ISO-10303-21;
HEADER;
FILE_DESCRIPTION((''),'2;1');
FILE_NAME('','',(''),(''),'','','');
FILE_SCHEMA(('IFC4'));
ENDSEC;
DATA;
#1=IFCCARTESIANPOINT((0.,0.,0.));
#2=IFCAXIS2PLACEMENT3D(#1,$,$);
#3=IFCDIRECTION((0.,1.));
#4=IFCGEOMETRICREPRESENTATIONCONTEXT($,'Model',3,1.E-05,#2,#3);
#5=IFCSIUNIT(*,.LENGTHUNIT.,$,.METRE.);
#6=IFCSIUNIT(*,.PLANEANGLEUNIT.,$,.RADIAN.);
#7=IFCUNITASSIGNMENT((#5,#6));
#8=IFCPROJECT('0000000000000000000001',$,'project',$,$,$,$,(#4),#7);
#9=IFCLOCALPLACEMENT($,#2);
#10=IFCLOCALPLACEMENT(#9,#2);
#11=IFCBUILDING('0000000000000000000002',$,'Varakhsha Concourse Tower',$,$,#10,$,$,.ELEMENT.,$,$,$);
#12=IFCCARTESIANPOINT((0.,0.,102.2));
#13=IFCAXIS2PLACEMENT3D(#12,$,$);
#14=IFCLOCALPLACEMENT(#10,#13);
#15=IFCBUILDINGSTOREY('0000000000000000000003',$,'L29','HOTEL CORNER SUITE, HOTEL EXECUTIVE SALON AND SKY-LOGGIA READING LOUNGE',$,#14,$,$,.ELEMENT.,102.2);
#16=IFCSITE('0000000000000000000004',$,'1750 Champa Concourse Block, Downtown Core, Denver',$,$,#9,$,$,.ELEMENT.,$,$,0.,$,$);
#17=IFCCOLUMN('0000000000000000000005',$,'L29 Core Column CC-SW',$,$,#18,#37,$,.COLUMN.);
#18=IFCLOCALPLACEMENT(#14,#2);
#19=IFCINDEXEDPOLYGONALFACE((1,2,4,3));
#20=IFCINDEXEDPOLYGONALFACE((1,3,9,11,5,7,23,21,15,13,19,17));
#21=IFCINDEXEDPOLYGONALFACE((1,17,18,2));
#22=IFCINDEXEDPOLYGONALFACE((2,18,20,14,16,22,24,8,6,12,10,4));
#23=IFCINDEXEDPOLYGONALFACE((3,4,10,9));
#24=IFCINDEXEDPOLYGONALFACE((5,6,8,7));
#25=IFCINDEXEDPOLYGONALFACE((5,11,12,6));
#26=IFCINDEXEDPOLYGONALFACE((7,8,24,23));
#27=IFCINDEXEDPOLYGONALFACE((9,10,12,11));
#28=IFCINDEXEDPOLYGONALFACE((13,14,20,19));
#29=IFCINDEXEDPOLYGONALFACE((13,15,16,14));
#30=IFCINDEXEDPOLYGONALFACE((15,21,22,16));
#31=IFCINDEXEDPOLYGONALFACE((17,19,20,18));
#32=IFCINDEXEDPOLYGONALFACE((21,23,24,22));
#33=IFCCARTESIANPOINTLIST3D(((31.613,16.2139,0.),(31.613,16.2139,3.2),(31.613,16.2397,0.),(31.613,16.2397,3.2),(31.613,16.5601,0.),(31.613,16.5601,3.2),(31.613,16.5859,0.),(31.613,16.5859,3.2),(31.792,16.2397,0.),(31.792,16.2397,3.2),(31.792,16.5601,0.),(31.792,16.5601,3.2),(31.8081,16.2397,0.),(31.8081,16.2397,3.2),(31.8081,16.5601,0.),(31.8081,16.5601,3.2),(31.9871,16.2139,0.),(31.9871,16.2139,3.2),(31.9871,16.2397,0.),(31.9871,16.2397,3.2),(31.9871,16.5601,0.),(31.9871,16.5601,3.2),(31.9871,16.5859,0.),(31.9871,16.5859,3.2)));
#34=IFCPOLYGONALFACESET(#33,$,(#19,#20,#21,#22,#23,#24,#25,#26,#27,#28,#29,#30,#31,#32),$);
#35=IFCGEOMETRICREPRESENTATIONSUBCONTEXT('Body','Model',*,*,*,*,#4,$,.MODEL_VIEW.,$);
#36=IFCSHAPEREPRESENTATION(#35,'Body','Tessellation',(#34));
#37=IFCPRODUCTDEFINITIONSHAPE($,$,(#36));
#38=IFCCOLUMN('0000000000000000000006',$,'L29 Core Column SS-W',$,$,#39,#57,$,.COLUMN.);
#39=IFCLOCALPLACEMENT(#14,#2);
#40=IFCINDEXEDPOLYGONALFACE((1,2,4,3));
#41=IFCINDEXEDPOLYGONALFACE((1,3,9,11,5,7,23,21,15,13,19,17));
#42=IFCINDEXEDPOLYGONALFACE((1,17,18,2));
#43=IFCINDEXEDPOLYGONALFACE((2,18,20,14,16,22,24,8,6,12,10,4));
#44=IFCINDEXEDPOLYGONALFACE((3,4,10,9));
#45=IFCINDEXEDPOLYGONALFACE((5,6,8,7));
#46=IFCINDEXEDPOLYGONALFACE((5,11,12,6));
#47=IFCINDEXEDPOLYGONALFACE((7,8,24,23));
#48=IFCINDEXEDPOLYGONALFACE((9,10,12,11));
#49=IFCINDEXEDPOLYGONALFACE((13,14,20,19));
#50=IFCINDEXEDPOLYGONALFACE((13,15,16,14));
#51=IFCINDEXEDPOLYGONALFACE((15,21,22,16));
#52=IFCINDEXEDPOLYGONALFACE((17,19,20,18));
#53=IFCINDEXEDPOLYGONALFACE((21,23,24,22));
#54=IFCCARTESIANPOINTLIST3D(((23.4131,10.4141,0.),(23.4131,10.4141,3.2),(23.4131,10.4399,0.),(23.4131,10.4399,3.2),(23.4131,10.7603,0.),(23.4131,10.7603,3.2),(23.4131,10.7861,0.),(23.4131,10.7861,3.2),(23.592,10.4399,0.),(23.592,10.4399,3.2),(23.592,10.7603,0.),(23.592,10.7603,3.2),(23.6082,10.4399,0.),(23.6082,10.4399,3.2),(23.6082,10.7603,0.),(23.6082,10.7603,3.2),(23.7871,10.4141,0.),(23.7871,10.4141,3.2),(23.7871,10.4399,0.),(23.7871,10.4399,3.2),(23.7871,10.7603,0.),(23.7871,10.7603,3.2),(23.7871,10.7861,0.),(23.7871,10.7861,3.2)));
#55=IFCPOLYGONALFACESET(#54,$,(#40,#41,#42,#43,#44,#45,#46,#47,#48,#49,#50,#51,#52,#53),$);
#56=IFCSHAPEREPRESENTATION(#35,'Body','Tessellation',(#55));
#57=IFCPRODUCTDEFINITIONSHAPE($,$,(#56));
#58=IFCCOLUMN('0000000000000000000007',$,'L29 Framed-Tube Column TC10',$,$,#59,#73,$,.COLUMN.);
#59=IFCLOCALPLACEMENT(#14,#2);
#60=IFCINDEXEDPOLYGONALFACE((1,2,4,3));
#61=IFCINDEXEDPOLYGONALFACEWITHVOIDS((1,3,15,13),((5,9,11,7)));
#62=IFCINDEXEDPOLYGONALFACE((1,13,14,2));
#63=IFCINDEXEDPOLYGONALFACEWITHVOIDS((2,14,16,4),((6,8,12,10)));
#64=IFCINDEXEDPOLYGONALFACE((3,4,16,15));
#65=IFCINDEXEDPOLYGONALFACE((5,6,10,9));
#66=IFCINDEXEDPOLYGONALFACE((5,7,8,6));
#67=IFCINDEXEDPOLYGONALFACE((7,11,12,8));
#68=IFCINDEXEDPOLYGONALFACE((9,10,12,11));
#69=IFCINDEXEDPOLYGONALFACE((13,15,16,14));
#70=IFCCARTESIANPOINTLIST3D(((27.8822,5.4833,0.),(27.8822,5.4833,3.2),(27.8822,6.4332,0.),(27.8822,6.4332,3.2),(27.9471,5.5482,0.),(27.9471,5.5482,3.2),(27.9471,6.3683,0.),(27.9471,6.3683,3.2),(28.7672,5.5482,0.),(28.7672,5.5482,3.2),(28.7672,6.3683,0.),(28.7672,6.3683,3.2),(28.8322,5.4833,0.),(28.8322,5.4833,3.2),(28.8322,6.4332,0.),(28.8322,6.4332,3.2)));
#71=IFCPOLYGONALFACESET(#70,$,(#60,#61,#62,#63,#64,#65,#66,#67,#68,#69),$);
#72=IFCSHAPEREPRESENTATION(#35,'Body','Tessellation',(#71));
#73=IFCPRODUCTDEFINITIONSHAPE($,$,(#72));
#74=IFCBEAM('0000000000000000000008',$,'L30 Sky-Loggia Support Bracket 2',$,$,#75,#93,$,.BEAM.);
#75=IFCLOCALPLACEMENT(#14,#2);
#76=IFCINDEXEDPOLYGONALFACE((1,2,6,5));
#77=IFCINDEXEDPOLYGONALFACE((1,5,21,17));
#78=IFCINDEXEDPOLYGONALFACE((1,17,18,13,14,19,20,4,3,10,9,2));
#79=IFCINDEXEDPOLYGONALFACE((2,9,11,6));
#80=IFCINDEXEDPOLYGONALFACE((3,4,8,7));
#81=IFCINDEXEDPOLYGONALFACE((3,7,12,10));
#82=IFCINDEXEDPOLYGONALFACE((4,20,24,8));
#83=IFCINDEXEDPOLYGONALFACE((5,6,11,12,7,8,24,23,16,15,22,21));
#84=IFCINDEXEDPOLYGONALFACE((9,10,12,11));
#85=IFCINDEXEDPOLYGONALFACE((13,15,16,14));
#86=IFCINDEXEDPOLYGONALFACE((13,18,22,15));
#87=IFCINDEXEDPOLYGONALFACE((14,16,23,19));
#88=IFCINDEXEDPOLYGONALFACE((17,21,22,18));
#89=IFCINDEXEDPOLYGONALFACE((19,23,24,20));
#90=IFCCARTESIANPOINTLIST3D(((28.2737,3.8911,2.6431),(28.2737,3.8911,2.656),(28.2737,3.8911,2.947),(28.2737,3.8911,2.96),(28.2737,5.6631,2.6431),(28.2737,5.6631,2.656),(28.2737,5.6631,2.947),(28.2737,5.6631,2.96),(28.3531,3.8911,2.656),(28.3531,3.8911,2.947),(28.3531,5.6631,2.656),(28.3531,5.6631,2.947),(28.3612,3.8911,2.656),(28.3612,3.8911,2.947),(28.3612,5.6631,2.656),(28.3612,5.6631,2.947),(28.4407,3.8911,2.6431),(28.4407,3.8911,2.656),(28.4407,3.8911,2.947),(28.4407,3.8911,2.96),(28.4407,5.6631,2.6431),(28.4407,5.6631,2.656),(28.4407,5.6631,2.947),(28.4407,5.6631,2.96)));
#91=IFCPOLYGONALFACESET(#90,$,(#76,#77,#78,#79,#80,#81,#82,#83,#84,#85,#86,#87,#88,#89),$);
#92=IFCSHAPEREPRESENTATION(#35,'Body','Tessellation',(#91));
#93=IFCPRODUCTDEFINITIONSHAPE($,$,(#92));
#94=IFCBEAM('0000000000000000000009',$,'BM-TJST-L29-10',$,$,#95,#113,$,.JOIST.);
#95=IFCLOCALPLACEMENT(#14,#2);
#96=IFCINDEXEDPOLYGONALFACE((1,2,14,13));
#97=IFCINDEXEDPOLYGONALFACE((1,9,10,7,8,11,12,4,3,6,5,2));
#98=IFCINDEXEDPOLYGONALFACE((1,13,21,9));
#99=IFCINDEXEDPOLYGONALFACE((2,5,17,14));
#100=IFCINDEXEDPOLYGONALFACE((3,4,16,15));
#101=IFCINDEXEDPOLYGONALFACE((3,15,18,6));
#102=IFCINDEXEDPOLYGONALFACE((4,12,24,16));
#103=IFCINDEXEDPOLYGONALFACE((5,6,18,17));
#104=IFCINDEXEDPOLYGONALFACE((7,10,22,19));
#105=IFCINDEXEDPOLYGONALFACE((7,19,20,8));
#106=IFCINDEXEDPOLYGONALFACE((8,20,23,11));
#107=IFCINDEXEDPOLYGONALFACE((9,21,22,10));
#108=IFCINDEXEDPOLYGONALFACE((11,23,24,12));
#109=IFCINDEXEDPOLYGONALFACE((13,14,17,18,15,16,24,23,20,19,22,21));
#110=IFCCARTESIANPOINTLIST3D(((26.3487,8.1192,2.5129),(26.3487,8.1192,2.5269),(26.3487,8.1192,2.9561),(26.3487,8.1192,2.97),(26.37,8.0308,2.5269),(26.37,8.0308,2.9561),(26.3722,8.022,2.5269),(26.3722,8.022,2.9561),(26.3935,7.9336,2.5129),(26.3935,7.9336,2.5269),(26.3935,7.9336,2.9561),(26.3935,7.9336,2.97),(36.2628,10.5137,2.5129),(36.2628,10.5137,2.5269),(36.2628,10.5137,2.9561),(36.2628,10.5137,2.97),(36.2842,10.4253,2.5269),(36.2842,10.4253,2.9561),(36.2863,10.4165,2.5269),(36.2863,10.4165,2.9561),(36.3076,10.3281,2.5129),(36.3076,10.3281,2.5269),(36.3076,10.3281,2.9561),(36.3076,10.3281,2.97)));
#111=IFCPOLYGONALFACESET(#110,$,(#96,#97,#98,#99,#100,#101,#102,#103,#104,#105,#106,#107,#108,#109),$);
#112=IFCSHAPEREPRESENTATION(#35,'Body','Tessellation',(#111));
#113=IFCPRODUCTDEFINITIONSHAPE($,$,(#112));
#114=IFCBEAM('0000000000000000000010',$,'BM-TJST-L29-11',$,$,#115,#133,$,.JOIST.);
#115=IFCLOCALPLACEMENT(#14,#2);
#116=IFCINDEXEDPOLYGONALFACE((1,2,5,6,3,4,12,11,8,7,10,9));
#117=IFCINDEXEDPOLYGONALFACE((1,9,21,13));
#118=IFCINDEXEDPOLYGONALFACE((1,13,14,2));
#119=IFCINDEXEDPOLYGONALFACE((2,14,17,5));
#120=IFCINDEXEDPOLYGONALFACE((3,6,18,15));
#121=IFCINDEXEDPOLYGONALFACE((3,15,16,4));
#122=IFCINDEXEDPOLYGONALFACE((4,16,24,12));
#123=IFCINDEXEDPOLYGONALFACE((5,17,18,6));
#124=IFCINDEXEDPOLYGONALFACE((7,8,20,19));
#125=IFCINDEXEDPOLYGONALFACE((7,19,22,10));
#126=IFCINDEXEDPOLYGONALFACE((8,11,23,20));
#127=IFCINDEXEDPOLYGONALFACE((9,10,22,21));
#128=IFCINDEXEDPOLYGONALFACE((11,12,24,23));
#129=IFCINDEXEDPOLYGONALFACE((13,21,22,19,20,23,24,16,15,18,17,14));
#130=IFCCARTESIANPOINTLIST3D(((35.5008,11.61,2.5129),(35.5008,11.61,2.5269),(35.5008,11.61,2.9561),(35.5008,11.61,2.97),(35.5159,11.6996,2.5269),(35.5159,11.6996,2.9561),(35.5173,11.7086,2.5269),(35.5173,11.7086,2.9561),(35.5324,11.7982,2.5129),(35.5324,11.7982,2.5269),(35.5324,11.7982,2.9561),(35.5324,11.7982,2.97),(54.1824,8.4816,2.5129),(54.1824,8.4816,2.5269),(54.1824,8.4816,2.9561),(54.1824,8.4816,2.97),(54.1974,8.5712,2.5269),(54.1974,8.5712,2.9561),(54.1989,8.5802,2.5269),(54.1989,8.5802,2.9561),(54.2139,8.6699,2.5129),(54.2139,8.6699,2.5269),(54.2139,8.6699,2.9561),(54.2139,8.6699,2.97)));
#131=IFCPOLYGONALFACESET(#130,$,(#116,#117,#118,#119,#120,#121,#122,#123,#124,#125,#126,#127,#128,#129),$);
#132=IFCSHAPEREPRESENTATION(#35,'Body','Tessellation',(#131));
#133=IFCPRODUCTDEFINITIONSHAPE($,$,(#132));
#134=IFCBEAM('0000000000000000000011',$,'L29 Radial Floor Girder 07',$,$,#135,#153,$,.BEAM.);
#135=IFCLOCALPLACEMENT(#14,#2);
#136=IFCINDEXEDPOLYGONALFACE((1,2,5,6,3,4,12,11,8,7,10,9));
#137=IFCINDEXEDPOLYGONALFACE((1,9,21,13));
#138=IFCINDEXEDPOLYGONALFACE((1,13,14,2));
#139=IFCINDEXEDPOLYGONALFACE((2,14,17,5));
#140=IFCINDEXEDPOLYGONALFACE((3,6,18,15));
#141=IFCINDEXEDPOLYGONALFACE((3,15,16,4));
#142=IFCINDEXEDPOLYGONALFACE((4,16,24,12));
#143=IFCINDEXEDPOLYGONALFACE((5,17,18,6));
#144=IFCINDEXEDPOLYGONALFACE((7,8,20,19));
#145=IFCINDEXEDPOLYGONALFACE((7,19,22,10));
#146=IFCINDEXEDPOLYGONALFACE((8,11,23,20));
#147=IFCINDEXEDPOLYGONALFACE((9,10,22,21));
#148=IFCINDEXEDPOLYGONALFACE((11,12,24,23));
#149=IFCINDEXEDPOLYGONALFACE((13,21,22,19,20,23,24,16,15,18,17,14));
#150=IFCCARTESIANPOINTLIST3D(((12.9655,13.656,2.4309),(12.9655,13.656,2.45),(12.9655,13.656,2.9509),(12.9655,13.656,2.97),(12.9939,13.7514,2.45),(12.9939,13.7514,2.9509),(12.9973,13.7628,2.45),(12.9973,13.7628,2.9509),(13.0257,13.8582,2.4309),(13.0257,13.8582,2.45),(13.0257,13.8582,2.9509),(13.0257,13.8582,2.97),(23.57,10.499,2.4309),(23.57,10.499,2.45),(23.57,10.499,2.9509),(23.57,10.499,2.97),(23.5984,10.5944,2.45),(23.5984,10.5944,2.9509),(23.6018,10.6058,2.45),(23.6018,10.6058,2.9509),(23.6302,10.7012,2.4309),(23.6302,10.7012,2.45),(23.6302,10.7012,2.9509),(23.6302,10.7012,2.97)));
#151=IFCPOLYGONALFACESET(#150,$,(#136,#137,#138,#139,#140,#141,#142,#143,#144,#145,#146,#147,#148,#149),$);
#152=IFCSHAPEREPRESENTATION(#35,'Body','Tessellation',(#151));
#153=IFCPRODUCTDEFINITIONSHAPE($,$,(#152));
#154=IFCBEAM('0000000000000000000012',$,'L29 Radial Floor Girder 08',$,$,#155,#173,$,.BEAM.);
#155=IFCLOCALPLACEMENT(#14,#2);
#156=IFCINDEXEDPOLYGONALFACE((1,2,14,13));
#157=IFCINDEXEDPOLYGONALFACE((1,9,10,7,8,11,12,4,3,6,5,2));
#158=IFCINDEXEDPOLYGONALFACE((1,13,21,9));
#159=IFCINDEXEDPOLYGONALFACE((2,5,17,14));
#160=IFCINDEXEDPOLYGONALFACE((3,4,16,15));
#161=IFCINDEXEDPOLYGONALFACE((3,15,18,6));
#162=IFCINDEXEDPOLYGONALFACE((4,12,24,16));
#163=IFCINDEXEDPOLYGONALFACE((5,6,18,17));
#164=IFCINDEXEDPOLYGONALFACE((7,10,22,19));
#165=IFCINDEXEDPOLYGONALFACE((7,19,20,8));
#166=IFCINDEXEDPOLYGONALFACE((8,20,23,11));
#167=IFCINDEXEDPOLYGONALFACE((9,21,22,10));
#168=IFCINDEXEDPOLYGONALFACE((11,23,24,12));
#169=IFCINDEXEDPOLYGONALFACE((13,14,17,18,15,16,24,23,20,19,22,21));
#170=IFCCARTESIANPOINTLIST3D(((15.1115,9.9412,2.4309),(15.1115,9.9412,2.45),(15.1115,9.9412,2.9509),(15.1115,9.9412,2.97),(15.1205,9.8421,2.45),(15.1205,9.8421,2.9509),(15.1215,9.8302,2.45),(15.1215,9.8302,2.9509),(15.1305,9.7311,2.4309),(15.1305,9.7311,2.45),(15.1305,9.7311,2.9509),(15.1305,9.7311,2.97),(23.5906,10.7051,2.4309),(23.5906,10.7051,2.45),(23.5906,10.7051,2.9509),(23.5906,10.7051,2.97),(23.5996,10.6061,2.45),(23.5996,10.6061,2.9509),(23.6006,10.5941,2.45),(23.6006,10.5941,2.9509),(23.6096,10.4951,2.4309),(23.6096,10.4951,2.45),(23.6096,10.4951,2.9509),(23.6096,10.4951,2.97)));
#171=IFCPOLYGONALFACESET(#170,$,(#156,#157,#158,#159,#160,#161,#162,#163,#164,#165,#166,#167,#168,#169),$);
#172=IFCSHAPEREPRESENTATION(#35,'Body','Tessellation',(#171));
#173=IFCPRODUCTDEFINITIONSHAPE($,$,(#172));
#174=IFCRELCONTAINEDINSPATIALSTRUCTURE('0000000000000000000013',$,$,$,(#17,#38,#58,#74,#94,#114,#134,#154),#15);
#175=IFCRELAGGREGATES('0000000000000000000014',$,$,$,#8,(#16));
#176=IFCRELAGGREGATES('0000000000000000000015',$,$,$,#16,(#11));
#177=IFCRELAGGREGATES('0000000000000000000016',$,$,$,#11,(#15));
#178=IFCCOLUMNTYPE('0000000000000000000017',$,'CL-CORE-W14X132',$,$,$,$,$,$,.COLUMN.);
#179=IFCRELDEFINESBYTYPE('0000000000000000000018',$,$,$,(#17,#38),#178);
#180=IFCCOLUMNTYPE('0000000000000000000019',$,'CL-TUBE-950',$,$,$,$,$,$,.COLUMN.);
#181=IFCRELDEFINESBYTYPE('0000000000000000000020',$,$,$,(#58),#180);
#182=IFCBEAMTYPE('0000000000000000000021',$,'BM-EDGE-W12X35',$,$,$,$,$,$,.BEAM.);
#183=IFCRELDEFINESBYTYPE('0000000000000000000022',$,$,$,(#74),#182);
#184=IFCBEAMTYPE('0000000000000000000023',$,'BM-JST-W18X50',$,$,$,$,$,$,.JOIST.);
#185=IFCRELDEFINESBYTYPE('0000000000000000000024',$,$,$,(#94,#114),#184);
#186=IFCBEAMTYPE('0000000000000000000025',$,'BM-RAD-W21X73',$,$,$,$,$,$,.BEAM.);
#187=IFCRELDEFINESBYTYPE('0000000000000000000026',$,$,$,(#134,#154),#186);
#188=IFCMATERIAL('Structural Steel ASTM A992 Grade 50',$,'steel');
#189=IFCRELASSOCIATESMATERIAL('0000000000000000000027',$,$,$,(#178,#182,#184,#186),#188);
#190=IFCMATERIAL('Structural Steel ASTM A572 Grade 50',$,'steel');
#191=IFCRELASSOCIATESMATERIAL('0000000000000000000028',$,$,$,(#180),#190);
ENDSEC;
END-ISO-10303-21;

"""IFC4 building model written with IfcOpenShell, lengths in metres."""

from ifc_helpers import new_model, si_unit, direction, frame, origin, origin_2d, place, context, subcontext, project, spatial, hollow_rectangle, i_section, extrude, material, material_profile, profile_set, type_object, element, save


model = new_model("IFC4")

# Units and contexts
model_context = context("Model", 3, precision=1e-05, world=origin(), true_north=direction((0.0, 1.0)))
body_context = subcontext(model_context, "Body", "Model", "MODEL_VIEW")
ifc_project = project(units=[si_unit("LENGTHUNIT", "METRE"), si_unit("PLANEANGLEUNIT", "RADIAN")], contexts=[model_context])

# Site, building, storey
site_placement = place(None, origin())
site = spatial("IfcSite", under=ifc_project, at=site_placement, Name="1750 Champa Concourse Block, Downtown Core, Denver", CompositionType="ELEMENT", RefElevation=0.0)
building_placement = place(site_placement, origin())
building = spatial("IfcBuilding", under=site, at=building_placement, Name="Varakhsha Concourse Tower", CompositionType="ELEMENT")
storey_placement = place(building_placement, frame((0.0, 0.0, 102.2)))
storey = spatial("IfcBuildingStorey", under=building, at=storey_placement, Name="L29", Description="HOTEL CORNER SUITE, HOTEL EXECUTIVE SALON AND SKY-LOGGIA READING LOUNGE", CompositionType="ELEMENT", Elevation=102.2)

# Columns
ifc_material_1 = material(Name="Structural Steel ASTM A992 Grade 50", Category="steel")
ifc_material_profile_1 = material_profile(ifc_material_1, i_section(OverallWidth=0.374, OverallDepth=0.3721, WebThickness=0.0161, FlangeThickness=0.0259, at=origin_2d()), Name="W14X132")
ifc_profile_set_1 = profile_set([ifc_material_profile_1], Name="Structural Steel ASTM A992 Grade 50")
column_type_1 = type_object("IfcColumnType", Name="CL-CORE-W14X132", PredefinedType="COLUMN", material=ifc_profile_set_1)
for number, where, z_axis, x_axis, name in (
    (1, (31.8, 16.3999, 0.0), (0.0, 0.0, 1.0), (1.0, 0.0, 0.0), "L29 Core Column CC-SW"),
    (2, (23.6001, 10.6001, 0.0), (0.0, 0.0, 1.0), (1.0, 0.0, 0.0), "L29 Core Column SS-W"),
):
    element("IfcColumn", number, at=place(storey_placement, frame(where, z_axis=z_axis, x_axis=x_axis)), inside=storey, type_object=column_type_1, Name=name, PredefinedType="COLUMN", context=body_context, shape_type="SweptSolid", body=[
        extrude(i_section(OverallWidth=0.374, OverallDepth=0.3721, WebThickness=0.0161, FlangeThickness=0.0259, at=origin_2d()), origin(), (0.0, 0.0, 1.0), 3.2),
    ])
ifc_material_2 = material(Name="Structural Steel ASTM A572 Grade 50", Category="steel")
ifc_material_profile_2 = material_profile(ifc_material_2, hollow_rectangle(XDim=0.95, YDim=0.95, WallThickness=0.0649, at=origin_2d()), Name="BOX 950x950x65")
ifc_profile_set_2 = profile_set([ifc_material_profile_2], Name="Structural Steel ASTM A572 Grade 50")
column_type_2 = type_object("IfcColumnType", Name="CL-TUBE-950", PredefinedType="COLUMN", material=ifc_profile_set_2)
column_placement = place(storey_placement, frame((28.3572, 5.9583, 0.0), z_axis=(0.0, 0.0, 1.0), x_axis=(1.0, 0.0, 0.0)))
element("IfcColumn", 3, at=column_placement, inside=storey, type_object=column_type_2, Name="L29 Framed-Tube Column TC10", PredefinedType="COLUMN", context=body_context, shape_type="SweptSolid", body=[
    extrude(hollow_rectangle(XDim=0.95, YDim=0.95, WallThickness=0.0649, at=origin_2d()), origin(), (0.0, 0.0, 1.0), 3.2),
])

# Beams
ifc_material_profile_3 = material_profile(ifc_material_1, i_section(OverallWidth=0.167, OverallDepth=0.3169, WebThickness=0.0081, FlangeThickness=0.0129, at=origin_2d()), Name="W12X35")
ifc_profile_set_3 = profile_set([ifc_material_profile_3], Name="Structural Steel ASTM A992 Grade 50")
beam_type_1 = type_object("IfcBeamType", Name="BM-EDGE-W12X35", PredefinedType="BEAM", material=ifc_profile_set_3)
beam_1_placement = place(storey_placement, frame((28.3572, 5.6631, 2.8015), z_axis=(0.0, -1.0, 0.0), x_axis=(1.0, 0.0, 0.0)))
element("IfcBeam", 4, at=beam_1_placement, inside=storey, type_object=beam_type_1, Name="L30 Sky-Loggia Support Bracket 2", PredefinedType="BEAM", context=body_context, shape_type="SweptSolid", body=[
    extrude(i_section(OverallWidth=0.167, OverallDepth=0.3169, WebThickness=0.0081, FlangeThickness=0.0129, at=origin_2d()), origin(), (0.0, 0.0, 1.0), 1.772),
])
ifc_material_profile_4 = material_profile(ifc_material_1, i_section(OverallWidth=0.1909, OverallDepth=0.457, WebThickness=0.009, FlangeThickness=0.0139, at=origin_2d()), Name="W18X50")
ifc_profile_set_4 = profile_set([ifc_material_profile_4], Name="Structural Steel ASTM A992 Grade 50")
beam_type_2 = type_object("IfcBeamType", Name="BM-JST-W18X50", PredefinedType="JOIST", material=ifc_profile_set_4)
beam_2_placement = place(storey_placement, frame((26.3711, 8.0264, 2.7415), z_axis=(0.972049, 0.234778, 0.0), x_axis=(-0.234778, 0.972049, 0.0)))
element("IfcBeam", 5, at=beam_2_placement, inside=storey, type_object=beam_type_2, Name="BM-TJST-L29-10", PredefinedType="JOIST", context=body_context, shape_type="SweptSolid", body=[
    extrude(i_section(OverallWidth=0.1909, OverallDepth=0.457, WebThickness=0.009, FlangeThickness=0.0139, at=origin_2d()), origin(), (0.0, 0.0, 1.0), 10.1992),
])
beam_3_placement = place(storey_placement, frame((35.5166, 11.7041, 2.7415), z_axis=(0.986267, -0.16516, 0.0), x_axis=(0.16516, 0.986267, 0.0)))
element("IfcBeam", 6, at=beam_3_placement, inside=storey, type_object=beam_type_2, Name="BM-TJST-L29-11", PredefinedType="JOIST", context=body_context, shape_type="SweptSolid", body=[
    extrude(i_section(OverallWidth=0.1909, OverallDepth=0.457, WebThickness=0.009, FlangeThickness=0.0139, at=origin_2d()), origin(), (0.0, 0.0, 1.0), 18.9417),
])
ifc_material_profile_5 = material_profile(ifc_material_1, i_section(OverallWidth=0.2109, OverallDepth=0.5391, WebThickness=0.012, FlangeThickness=0.019, at=origin_2d()), Name="W21X73")
ifc_profile_set_5 = profile_set([ifc_material_profile_5], Name="Structural Steel ASTM A992 Grade 50")
beam_type_3 = type_object("IfcBeamType", Name="BM-RAD-W21X73", PredefinedType="BEAM", material=ifc_profile_set_5)
beam_4_placement = place(storey_placement, frame((23.6001, 10.6001, 2.7004), z_axis=(-0.95843, 0.285327, 0.0), x_axis=(-0.285327, -0.95843, 0.0)))
element("IfcBeam", 7, at=beam_4_placement, inside=storey, type_object=beam_type_3, Name="L29 Radial Floor Girder 07", PredefinedType="BEAM", context=body_context, shape_type="SweptSolid", body=[
    extrude(i_section(OverallWidth=0.2109, OverallDepth=0.5391, WebThickness=0.012, FlangeThickness=0.019, at=origin_2d()), origin(), (0.0, 0.0, 1.0), 11.0645),
])
beam_5_placement = place(storey_placement, frame((23.6001, 10.6001, 2.7004), z_axis=(-0.995966, -0.089732, 0.0), x_axis=(0.089732, -0.995966, 0.0)))
element("IfcBeam", 8, at=beam_5_placement, inside=storey, type_object=beam_type_3, Name="L29 Radial Floor Girder 08", PredefinedType="BEAM", context=body_context, shape_type="SweptSolid", body=[
    extrude(i_section(OverallWidth=0.2109, OverallDepth=0.5391, WebThickness=0.012, FlangeThickness=0.019, at=origin_2d()), origin(), (0.0, 0.0, 1.0), 8.5134),
])

save(model, "model.ifc")
